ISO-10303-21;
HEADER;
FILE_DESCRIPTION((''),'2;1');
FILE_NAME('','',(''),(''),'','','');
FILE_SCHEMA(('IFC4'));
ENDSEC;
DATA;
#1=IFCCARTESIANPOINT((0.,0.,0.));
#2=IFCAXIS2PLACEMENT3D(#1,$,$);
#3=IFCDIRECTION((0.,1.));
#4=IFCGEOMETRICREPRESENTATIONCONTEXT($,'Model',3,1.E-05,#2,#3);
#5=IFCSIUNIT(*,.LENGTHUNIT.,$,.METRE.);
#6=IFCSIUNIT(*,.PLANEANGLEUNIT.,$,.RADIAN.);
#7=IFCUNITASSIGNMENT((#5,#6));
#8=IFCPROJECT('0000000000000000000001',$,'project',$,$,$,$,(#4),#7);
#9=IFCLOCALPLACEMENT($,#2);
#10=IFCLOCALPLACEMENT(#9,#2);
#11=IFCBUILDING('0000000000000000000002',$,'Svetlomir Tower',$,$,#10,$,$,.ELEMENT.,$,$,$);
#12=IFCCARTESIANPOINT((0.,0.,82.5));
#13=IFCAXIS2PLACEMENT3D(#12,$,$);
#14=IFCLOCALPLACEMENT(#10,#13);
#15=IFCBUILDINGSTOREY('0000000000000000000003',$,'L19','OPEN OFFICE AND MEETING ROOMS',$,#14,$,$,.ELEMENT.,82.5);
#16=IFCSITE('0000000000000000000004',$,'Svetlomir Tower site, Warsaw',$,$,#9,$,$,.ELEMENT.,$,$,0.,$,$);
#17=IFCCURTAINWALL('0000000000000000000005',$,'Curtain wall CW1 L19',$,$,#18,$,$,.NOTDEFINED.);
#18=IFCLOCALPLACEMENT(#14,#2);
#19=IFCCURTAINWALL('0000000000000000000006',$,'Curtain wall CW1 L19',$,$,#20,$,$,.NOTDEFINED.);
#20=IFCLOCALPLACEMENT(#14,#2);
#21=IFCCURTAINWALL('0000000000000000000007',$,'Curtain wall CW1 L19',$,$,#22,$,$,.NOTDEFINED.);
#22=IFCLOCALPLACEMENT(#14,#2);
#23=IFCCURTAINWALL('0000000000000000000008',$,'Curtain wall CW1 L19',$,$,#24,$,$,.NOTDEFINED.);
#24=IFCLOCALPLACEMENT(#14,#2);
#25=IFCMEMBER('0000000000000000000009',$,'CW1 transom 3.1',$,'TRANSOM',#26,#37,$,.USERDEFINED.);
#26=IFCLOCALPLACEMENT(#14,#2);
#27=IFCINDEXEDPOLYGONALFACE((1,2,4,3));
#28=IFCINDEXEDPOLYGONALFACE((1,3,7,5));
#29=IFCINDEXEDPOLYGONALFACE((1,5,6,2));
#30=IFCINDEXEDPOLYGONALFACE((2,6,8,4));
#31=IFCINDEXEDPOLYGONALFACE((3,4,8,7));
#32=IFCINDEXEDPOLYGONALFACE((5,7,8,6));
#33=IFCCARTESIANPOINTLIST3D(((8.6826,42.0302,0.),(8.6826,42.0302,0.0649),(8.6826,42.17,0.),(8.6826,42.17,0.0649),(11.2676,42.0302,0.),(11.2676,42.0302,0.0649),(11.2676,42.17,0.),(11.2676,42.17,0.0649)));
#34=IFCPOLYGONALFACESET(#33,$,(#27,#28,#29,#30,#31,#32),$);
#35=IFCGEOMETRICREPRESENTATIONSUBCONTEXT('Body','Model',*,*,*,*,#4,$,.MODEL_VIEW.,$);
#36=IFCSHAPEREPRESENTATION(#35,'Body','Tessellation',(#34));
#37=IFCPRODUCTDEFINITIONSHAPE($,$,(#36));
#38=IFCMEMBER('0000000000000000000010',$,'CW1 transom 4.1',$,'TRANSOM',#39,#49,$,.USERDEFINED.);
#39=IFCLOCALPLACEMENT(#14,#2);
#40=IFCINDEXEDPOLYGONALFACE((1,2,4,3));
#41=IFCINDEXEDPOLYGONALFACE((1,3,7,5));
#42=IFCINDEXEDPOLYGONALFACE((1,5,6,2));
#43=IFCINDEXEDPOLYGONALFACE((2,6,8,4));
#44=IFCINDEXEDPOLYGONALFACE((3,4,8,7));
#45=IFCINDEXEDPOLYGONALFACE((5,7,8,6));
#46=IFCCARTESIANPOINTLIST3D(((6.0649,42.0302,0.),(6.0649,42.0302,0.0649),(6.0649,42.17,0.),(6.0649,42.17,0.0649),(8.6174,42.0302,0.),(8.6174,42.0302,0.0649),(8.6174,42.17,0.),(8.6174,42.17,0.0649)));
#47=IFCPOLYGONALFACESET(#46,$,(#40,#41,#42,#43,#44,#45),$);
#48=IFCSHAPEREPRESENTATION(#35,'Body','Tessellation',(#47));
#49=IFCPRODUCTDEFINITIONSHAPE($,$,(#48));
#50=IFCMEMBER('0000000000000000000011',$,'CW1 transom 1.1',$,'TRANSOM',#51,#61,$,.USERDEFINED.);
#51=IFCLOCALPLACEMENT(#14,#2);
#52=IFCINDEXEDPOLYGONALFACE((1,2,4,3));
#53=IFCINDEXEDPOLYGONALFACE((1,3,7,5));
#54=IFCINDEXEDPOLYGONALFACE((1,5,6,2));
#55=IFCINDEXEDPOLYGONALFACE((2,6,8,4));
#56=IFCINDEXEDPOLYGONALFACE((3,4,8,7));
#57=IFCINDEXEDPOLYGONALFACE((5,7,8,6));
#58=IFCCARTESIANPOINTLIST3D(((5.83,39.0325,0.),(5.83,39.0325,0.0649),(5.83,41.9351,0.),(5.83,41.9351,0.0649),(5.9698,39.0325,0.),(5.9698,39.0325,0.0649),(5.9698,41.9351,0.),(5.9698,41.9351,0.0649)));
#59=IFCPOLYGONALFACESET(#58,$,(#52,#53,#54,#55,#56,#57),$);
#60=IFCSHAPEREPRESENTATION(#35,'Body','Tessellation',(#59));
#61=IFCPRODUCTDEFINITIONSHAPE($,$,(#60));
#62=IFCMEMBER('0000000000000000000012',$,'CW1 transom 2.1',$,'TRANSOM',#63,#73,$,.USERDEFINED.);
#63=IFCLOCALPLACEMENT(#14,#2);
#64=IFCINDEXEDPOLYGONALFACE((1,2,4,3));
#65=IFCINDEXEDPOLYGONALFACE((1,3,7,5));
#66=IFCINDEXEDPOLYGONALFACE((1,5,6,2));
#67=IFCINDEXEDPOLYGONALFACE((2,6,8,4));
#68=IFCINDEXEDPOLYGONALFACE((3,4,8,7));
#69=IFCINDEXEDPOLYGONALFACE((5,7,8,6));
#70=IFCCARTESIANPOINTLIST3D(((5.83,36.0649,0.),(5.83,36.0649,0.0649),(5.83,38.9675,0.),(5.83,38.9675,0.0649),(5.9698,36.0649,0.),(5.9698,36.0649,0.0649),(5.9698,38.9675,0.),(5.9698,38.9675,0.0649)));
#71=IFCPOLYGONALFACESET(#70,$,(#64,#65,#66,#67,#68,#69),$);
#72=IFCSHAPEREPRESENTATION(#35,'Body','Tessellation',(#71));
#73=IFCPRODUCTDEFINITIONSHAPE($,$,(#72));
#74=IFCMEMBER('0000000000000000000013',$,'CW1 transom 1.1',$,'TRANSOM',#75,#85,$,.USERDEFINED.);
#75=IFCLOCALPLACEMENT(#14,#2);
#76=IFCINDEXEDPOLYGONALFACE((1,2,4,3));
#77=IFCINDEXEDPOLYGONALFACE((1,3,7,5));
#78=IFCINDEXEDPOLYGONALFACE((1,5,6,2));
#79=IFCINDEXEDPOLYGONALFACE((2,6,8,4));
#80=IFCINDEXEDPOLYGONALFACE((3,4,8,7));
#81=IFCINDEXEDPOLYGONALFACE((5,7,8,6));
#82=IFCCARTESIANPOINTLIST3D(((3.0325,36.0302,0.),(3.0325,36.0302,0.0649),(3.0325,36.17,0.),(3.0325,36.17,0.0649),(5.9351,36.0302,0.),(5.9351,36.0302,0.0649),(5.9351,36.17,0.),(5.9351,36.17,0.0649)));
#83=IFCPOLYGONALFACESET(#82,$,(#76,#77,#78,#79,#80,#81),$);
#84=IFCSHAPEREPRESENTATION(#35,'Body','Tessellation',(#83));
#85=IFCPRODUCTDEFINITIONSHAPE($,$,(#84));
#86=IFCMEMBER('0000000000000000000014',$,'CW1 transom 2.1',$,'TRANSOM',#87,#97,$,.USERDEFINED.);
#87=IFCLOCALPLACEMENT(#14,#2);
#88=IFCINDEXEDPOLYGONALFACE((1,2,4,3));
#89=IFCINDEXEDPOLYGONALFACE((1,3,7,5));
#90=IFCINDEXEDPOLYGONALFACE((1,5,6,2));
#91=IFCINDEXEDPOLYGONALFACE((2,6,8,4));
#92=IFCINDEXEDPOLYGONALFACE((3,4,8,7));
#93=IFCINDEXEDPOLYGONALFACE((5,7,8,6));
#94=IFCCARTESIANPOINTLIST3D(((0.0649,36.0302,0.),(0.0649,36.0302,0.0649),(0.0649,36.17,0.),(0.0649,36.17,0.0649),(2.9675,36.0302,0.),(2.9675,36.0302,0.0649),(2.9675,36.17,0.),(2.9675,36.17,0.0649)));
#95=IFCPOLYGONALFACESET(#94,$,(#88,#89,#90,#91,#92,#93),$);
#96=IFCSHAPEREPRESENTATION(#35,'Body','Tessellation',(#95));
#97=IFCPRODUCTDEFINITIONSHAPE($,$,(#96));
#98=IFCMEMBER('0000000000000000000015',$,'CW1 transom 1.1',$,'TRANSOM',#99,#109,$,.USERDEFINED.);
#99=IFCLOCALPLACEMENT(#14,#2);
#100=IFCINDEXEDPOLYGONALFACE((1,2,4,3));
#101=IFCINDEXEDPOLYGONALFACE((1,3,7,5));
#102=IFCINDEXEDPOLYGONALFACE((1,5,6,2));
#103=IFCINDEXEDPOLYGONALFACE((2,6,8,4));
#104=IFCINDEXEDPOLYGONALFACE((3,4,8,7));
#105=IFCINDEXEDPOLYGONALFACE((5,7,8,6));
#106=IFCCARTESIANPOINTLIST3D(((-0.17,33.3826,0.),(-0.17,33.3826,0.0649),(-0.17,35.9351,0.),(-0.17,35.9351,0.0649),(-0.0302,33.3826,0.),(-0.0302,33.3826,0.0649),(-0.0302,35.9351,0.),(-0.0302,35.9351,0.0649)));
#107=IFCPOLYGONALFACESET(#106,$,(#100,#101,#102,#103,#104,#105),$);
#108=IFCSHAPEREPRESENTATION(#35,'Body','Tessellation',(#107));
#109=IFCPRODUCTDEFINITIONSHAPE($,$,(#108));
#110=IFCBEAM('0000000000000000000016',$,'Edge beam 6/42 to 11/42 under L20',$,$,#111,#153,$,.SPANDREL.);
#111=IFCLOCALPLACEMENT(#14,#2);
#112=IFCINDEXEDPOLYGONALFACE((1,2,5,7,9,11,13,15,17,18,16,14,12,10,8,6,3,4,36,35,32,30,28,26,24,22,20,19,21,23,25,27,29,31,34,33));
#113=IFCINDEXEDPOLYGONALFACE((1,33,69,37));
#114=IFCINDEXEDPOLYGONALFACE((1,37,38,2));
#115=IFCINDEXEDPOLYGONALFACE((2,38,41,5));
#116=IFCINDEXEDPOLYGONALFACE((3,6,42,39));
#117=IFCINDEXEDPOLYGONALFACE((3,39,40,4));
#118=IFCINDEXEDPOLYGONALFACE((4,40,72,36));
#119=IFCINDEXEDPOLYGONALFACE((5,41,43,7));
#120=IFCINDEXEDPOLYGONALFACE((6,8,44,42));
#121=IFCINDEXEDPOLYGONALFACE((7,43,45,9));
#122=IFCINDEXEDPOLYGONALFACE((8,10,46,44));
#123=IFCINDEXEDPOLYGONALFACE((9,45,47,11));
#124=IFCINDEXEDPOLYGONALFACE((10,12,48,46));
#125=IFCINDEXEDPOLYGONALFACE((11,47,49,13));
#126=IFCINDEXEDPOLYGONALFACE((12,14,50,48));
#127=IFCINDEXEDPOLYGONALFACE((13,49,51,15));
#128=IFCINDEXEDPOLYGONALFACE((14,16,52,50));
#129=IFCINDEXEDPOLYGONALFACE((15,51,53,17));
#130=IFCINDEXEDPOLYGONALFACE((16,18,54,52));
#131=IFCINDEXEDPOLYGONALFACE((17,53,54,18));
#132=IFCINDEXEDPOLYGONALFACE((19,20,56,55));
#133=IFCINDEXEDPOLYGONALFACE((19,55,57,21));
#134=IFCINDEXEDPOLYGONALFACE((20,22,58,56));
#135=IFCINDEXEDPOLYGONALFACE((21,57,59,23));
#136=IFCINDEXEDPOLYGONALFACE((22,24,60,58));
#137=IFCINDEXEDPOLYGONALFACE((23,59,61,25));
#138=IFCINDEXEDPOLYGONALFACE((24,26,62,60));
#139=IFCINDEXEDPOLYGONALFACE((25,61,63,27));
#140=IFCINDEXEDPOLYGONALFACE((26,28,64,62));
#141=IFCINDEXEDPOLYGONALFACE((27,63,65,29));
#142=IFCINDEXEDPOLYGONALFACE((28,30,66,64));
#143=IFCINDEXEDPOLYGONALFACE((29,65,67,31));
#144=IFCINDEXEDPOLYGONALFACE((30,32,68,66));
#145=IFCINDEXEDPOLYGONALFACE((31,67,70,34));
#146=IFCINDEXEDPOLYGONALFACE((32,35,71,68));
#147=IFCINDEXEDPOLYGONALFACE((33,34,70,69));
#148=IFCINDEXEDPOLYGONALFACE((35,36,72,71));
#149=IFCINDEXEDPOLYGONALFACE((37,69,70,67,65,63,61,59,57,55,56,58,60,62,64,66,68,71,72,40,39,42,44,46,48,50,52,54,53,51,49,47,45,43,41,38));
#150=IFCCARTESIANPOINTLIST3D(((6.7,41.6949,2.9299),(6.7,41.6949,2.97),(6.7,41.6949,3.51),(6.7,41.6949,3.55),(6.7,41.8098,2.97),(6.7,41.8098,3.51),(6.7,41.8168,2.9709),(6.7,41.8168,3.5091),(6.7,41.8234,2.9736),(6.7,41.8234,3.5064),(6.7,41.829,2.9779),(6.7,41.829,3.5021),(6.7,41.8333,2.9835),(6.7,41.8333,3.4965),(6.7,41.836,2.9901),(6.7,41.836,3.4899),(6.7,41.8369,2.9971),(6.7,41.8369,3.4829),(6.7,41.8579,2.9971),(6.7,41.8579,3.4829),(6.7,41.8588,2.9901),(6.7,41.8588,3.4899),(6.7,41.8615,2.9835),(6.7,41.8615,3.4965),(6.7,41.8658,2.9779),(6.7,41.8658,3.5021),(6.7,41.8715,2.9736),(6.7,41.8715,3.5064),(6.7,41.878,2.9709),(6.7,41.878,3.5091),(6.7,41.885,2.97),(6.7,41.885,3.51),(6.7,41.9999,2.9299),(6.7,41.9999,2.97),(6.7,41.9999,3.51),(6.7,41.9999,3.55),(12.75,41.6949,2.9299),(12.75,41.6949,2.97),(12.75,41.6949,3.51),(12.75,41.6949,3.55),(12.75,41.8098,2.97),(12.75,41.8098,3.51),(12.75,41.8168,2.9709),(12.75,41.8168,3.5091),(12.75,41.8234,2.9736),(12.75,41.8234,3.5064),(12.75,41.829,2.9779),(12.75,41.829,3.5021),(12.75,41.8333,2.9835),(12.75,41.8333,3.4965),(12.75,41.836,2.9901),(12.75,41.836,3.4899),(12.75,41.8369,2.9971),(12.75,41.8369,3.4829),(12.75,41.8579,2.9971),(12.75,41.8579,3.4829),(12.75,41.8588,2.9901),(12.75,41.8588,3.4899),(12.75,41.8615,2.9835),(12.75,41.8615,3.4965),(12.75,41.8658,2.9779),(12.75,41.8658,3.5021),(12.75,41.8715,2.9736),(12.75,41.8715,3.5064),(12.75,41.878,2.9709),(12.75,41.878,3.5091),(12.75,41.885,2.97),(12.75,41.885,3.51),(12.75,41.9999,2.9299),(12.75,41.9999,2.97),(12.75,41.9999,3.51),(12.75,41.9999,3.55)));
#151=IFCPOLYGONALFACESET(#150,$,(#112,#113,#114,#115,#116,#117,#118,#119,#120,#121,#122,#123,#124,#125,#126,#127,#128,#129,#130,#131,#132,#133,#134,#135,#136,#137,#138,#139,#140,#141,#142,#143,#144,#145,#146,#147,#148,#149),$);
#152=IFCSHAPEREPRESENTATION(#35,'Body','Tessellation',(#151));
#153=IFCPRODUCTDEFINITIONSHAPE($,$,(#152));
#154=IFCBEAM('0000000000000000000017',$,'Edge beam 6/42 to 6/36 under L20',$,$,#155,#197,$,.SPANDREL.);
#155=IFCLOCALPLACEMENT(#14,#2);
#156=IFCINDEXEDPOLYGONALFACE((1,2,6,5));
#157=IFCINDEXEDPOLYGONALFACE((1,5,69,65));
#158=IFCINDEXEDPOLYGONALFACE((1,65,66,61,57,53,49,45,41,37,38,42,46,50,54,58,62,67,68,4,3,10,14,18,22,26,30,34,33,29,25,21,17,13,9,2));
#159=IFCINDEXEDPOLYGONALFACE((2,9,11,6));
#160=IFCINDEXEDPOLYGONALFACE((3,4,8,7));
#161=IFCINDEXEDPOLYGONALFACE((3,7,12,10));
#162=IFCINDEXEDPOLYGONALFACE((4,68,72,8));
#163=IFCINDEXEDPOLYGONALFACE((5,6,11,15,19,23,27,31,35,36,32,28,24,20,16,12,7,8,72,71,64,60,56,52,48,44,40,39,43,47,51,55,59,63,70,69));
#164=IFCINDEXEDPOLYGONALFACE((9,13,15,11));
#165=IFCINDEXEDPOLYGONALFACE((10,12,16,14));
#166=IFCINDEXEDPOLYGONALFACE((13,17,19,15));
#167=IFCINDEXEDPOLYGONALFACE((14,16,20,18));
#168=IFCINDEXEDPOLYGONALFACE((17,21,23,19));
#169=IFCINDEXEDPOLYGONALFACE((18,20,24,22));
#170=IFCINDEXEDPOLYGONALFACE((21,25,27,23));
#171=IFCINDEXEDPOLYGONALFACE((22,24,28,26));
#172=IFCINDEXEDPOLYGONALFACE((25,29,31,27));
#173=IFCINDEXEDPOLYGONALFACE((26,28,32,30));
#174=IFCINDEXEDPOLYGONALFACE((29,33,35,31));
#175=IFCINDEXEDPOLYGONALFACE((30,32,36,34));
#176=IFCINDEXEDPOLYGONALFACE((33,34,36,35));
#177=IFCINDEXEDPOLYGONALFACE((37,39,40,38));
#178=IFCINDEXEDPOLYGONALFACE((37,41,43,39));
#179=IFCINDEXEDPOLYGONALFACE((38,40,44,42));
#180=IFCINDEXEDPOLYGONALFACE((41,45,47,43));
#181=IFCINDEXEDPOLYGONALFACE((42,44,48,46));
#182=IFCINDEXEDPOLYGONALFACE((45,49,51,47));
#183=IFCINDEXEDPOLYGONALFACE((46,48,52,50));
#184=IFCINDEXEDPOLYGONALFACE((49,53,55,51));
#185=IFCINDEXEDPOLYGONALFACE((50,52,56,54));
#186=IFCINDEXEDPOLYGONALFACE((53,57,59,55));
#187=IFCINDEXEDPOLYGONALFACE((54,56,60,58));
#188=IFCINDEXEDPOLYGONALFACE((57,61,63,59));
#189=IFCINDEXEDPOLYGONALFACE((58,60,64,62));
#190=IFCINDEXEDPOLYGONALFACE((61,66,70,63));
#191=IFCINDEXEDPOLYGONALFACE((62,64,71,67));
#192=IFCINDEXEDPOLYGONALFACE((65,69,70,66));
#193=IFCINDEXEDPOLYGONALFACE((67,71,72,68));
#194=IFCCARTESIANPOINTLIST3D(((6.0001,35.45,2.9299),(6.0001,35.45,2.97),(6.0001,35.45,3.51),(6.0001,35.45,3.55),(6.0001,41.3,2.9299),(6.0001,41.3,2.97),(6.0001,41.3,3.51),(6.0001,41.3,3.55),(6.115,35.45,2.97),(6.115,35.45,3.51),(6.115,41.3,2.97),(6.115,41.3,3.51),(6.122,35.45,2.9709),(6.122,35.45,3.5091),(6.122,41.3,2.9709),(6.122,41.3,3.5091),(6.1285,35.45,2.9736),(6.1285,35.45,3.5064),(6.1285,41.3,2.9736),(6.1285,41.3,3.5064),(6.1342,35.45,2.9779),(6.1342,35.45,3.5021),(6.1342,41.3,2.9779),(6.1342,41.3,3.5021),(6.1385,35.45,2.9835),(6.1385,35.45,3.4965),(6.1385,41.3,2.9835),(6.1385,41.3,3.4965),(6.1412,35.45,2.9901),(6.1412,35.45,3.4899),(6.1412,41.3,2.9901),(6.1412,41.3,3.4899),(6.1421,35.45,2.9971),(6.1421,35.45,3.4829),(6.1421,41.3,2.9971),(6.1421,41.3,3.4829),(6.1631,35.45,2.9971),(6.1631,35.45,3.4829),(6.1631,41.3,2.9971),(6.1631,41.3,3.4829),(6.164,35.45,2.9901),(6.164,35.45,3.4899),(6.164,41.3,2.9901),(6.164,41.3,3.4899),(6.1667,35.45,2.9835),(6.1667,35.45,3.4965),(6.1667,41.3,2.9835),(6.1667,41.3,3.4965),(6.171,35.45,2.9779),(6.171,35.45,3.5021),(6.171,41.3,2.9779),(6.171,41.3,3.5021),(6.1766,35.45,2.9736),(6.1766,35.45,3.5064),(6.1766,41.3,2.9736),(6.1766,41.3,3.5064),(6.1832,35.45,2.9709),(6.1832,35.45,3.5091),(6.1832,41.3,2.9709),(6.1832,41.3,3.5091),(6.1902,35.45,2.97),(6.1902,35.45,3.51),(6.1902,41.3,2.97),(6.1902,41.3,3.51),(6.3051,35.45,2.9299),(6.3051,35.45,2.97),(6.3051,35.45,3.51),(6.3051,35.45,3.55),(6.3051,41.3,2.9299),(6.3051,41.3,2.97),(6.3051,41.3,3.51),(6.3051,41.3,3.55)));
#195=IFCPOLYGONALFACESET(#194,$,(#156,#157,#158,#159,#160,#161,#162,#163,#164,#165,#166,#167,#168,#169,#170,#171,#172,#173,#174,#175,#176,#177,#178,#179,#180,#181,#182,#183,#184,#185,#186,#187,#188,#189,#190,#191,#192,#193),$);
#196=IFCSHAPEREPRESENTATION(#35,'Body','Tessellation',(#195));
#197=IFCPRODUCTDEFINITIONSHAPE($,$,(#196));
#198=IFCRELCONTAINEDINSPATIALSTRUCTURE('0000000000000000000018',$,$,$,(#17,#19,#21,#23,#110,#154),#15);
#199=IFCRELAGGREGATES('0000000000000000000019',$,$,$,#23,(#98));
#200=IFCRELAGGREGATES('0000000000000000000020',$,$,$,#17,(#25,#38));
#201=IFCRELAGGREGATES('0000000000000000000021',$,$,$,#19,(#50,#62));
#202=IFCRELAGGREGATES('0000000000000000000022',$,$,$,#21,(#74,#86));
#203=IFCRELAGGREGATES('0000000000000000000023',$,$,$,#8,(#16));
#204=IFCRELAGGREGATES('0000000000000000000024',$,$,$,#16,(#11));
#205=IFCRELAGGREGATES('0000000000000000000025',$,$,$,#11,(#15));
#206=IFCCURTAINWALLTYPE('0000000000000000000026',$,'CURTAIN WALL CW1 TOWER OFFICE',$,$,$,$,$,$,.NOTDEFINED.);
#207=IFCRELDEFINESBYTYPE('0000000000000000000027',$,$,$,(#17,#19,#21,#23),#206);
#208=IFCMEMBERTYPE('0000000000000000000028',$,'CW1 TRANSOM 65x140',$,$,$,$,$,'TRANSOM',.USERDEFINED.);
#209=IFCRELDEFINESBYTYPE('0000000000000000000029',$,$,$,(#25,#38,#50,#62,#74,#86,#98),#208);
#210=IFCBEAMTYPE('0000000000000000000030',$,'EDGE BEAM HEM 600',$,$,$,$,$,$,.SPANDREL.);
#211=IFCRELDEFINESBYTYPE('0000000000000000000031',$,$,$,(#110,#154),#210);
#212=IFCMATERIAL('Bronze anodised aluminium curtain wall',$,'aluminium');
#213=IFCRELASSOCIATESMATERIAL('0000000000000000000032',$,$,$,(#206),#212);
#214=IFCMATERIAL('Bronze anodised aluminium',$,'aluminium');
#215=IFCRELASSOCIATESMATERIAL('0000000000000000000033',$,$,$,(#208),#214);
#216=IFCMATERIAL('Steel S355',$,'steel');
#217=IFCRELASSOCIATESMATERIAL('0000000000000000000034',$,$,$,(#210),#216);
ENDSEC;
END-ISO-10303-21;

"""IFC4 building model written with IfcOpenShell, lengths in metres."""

from ifc_helpers import new_model, si_unit, direction, frame, origin, origin_2d, place, context, subcontext, project, spatial, rectangle, i_section, extrude, material, material_profile, profile_set, type_object, element, aggregate, save


model = new_model("IFC4")

# Units and contexts
model_context = context("Model", 3, precision=1e-05, world=origin(), true_north=direction((0.0, 1.0)))
body_context = subcontext(model_context, "Body", "Model", "MODEL_VIEW")
ifc_project = project(units=[si_unit("LENGTHUNIT", "METRE"), si_unit("PLANEANGLEUNIT", "RADIAN")], contexts=[model_context])

# Site, building, storey
site_placement = place(None, origin())
site = spatial("IfcSite", under=ifc_project, at=site_placement, Name="Svetlomir Tower site, Warsaw", CompositionType="ELEMENT", RefElevation=0.0)
building_placement = place(site_placement, origin())
building = spatial("IfcBuilding", under=site, at=building_placement, Name="Svetlomir Tower", CompositionType="ELEMENT")
storey_placement = place(building_placement, frame((0.0, 0.0, 82.5)))
storey = spatial("IfcBuildingStorey", under=building, at=storey_placement, Name="L19", Description="OPEN OFFICE AND MEETING ROOMS", CompositionType="ELEMENT", Elevation=82.5)

# Curtain walls
ifc_material_1 = material(Name="Bronze anodised aluminium curtain wall", Category="aluminium")
curtain_wall_type = type_object("IfcCurtainWallType", Name="CURTAIN WALL CW1 TOWER OFFICE", PredefinedType="NOTDEFINED", material=ifc_material_1)
curtain_wall_1_placement = place(storey_placement, origin())
curtain_wall_1 = element("IfcCurtainWall", 1, at=curtain_wall_1_placement, inside=storey, type_object=curtain_wall_type, Name="Curtain wall CW1 L19", PredefinedType="NOTDEFINED")
curtain_wall_2_placement = place(storey_placement, origin())
curtain_wall_2 = element("IfcCurtainWall", 2, at=curtain_wall_2_placement, inside=storey, type_object=curtain_wall_type, Name="Curtain wall CW1 L19", PredefinedType="NOTDEFINED")
curtain_wall_3_placement = place(storey_placement, origin())
curtain_wall_3 = element("IfcCurtainWall", 3, at=curtain_wall_3_placement, inside=storey, type_object=curtain_wall_type, Name="Curtain wall CW1 L19", PredefinedType="NOTDEFINED")

# Curtain wall
curtain_wall_4_placement = place(storey_placement, origin())
curtain_wall_4 = element("IfcCurtainWall", 4, at=curtain_wall_4_placement, inside=storey, type_object=curtain_wall_type, Name="Curtain wall CW1 L19", PredefinedType="NOTDEFINED")

# Members
ifc_material_2 = material(Name="Bronze anodised aluminium", Category="aluminium")
ifc_material_profile_1 = material_profile(ifc_material_2, rectangle(XDim=0.1399, YDim=0.0649, at=origin_2d()), Name="AL 140x65")
ifc_profile_set_1 = profile_set([ifc_material_profile_1], Name="Bronze anodised aluminium 6063-T6")
member_type_1 = type_object("IfcMemberType", Name="CW1 TRANSOM 65x140", ElementType="TRANSOM", PredefinedType="USERDEFINED", material=ifc_profile_set_1)
member_1_placement = place(storey_placement, frame((11.2676, 42.1001, 0.0325), z_axis=(-1.0, 0.0, 0.0), x_axis=(0.0, -1.0, 0.0)))
member_1 = element("IfcMember", 5, at=member_1_placement, type_object=member_type_1, Name="CW1 transom 3.1", ObjectType="TRANSOM", PredefinedType="USERDEFINED", context=body_context, shape_type="SweptSolid", body=[
    extrude(rectangle(XDim=0.1399, YDim=0.0649, at=origin_2d()), origin(), (0.0, 0.0, 1.0), 2.585),
])
member_2_placement = place(storey_placement, frame((8.6174, 42.1001, 0.0325), z_axis=(-1.0, 0.0, 0.0), x_axis=(0.0, -1.0, 0.0)))
member_2 = element("IfcMember", 6, at=member_2_placement, type_object=member_type_1, Name="CW1 transom 4.1", ObjectType="TRANSOM", PredefinedType="USERDEFINED", context=body_context, shape_type="SweptSolid", body=[
    extrude(rectangle(XDim=0.1399, YDim=0.0649, at=origin_2d()), origin(), (0.0, 0.0, 1.0), 2.5525),
])
member_3_placement = place(storey_placement, frame((5.8999, 41.9351, 0.0325), z_axis=(0.0, -1.0, 0.0), x_axis=(1.0, 0.0, 0.0)))
member_3 = element("IfcMember", 7, at=member_3_placement, type_object=member_type_1, Name="CW1 transom 1.1", ObjectType="TRANSOM", PredefinedType="USERDEFINED", context=body_context, shape_type="SweptSolid", body=[
    extrude(rectangle(XDim=0.1399, YDim=0.0649, at=origin_2d()), origin(), (0.0, 0.0, 1.0), 2.9026),
])
member_4_placement = place(storey_placement, frame((5.8999, 38.9675, 0.0325), z_axis=(0.0, -1.0, 0.0), x_axis=(1.0, 0.0, 0.0)))
member_4 = element("IfcMember", 8, at=member_4_placement, type_object=member_type_1, Name="CW1 transom 2.1", ObjectType="TRANSOM", PredefinedType="USERDEFINED", context=body_context, shape_type="SweptSolid", body=[
    extrude(rectangle(XDim=0.1399, YDim=0.0649, at=origin_2d()), origin(), (0.0, 0.0, 1.0), 2.9026),
])
member_5_placement = place(storey_placement, frame((5.9351, 36.1001, 0.0325), z_axis=(-1.0, 0.0, 0.0), x_axis=(0.0, -1.0, 0.0)))
member_5 = element("IfcMember", 9, at=member_5_placement, type_object=member_type_1, Name="CW1 transom 1.1", ObjectType="TRANSOM", PredefinedType="USERDEFINED", context=body_context, shape_type="SweptSolid", body=[
    extrude(rectangle(XDim=0.1399, YDim=0.0649, at=origin_2d()), origin(), (0.0, 0.0, 1.0), 2.9026),
])
member_6_placement = place(storey_placement, frame((2.9675, 36.1001, 0.0325), z_axis=(-1.0, 0.0, 0.0), x_axis=(0.0, -1.0, 0.0)))
member_6 = element("IfcMember", 10, at=member_6_placement, type_object=member_type_1, Name="CW1 transom 2.1", ObjectType="TRANSOM", PredefinedType="USERDEFINED", context=body_context, shape_type="SweptSolid", body=[
    extrude(rectangle(XDim=0.1399, YDim=0.0649, at=origin_2d()), origin(), (0.0, 0.0, 1.0), 2.9026),
])
member_7_placement = place(storey_placement, frame((-0.1001, 35.9351, 0.0325), z_axis=(0.0, -1.0, 0.0), x_axis=(1.0, 0.0, 0.0)))
member_7 = element("IfcMember", 11, at=member_7_placement, type_object=member_type_1, Name="CW1 transom 1.1", ObjectType="TRANSOM", PredefinedType="USERDEFINED", context=body_context, shape_type="SweptSolid", body=[
    extrude(rectangle(XDim=0.1399, YDim=0.0649, at=origin_2d()), origin(), (0.0, 0.0, 1.0), 2.5525),
])
aggregate(curtain_wall_4, [member_7])

# Beams
ifc_material_3 = material(Name="Steel S355", Category="steel")
ifc_material_profile_2 = material_profile(ifc_material_3, i_section(OverallWidth=0.3049, OverallDepth=0.6201, WebThickness=0.021, FlangeThickness=0.04, FilletRadius=0.0271, at=origin_2d()), Name="HEM 600")
ifc_profile_set_2 = profile_set([ifc_material_profile_2], Name="Steel S355")
beam_type = type_object("IfcBeamType", Name="EDGE BEAM HEM 600", PredefinedType="SPANDREL", material=ifc_profile_set_2)
beam_placement = place(storey_placement, frame((6.7, 41.8474, 3.24), z_axis=(1.0, 0.0, 0.0), x_axis=(0.0, 1.0, 0.0)))
element("IfcBeam", 12, at=beam_placement, inside=storey, type_object=beam_type, Name="Edge beam 6/42 to 11/42 under L20", PredefinedType="SPANDREL", context=body_context, shape_type="SweptSolid", body=[
    extrude(i_section(OverallWidth=0.3049, OverallDepth=0.6201, WebThickness=0.021, FlangeThickness=0.04, FilletRadius=0.0271, at=origin_2d()), origin(), (0.0, 0.0, 1.0), 6.05),
])
for number, where, z_axis, x_axis, name in (
    (13, (6.1526, 41.3, 3.24), (0.0, -1.0, 0.0), (1.0, 0.0, 0.0), "Edge beam 6/42 to 6/36 under L20"),
):
    element("IfcBeam", number, at=place(storey_placement, frame(where, z_axis=z_axis, x_axis=x_axis)), inside=storey, type_object=beam_type, Name=name, PredefinedType="SPANDREL", context=body_context, shape_type="SweptSolid", body=[
        extrude(i_section(OverallWidth=0.3049, OverallDepth=0.6201, WebThickness=0.021, FlangeThickness=0.04, FilletRadius=0.0271, at=origin_2d()), origin(), (0.0, 0.0, 1.0), 5.8501),
    ])

aggregate(curtain_wall_1, [member_1, member_2])
aggregate(curtain_wall_2, [member_3, member_4])
aggregate(curtain_wall_3, [member_5, member_6])

save(model, "model.ifc")
